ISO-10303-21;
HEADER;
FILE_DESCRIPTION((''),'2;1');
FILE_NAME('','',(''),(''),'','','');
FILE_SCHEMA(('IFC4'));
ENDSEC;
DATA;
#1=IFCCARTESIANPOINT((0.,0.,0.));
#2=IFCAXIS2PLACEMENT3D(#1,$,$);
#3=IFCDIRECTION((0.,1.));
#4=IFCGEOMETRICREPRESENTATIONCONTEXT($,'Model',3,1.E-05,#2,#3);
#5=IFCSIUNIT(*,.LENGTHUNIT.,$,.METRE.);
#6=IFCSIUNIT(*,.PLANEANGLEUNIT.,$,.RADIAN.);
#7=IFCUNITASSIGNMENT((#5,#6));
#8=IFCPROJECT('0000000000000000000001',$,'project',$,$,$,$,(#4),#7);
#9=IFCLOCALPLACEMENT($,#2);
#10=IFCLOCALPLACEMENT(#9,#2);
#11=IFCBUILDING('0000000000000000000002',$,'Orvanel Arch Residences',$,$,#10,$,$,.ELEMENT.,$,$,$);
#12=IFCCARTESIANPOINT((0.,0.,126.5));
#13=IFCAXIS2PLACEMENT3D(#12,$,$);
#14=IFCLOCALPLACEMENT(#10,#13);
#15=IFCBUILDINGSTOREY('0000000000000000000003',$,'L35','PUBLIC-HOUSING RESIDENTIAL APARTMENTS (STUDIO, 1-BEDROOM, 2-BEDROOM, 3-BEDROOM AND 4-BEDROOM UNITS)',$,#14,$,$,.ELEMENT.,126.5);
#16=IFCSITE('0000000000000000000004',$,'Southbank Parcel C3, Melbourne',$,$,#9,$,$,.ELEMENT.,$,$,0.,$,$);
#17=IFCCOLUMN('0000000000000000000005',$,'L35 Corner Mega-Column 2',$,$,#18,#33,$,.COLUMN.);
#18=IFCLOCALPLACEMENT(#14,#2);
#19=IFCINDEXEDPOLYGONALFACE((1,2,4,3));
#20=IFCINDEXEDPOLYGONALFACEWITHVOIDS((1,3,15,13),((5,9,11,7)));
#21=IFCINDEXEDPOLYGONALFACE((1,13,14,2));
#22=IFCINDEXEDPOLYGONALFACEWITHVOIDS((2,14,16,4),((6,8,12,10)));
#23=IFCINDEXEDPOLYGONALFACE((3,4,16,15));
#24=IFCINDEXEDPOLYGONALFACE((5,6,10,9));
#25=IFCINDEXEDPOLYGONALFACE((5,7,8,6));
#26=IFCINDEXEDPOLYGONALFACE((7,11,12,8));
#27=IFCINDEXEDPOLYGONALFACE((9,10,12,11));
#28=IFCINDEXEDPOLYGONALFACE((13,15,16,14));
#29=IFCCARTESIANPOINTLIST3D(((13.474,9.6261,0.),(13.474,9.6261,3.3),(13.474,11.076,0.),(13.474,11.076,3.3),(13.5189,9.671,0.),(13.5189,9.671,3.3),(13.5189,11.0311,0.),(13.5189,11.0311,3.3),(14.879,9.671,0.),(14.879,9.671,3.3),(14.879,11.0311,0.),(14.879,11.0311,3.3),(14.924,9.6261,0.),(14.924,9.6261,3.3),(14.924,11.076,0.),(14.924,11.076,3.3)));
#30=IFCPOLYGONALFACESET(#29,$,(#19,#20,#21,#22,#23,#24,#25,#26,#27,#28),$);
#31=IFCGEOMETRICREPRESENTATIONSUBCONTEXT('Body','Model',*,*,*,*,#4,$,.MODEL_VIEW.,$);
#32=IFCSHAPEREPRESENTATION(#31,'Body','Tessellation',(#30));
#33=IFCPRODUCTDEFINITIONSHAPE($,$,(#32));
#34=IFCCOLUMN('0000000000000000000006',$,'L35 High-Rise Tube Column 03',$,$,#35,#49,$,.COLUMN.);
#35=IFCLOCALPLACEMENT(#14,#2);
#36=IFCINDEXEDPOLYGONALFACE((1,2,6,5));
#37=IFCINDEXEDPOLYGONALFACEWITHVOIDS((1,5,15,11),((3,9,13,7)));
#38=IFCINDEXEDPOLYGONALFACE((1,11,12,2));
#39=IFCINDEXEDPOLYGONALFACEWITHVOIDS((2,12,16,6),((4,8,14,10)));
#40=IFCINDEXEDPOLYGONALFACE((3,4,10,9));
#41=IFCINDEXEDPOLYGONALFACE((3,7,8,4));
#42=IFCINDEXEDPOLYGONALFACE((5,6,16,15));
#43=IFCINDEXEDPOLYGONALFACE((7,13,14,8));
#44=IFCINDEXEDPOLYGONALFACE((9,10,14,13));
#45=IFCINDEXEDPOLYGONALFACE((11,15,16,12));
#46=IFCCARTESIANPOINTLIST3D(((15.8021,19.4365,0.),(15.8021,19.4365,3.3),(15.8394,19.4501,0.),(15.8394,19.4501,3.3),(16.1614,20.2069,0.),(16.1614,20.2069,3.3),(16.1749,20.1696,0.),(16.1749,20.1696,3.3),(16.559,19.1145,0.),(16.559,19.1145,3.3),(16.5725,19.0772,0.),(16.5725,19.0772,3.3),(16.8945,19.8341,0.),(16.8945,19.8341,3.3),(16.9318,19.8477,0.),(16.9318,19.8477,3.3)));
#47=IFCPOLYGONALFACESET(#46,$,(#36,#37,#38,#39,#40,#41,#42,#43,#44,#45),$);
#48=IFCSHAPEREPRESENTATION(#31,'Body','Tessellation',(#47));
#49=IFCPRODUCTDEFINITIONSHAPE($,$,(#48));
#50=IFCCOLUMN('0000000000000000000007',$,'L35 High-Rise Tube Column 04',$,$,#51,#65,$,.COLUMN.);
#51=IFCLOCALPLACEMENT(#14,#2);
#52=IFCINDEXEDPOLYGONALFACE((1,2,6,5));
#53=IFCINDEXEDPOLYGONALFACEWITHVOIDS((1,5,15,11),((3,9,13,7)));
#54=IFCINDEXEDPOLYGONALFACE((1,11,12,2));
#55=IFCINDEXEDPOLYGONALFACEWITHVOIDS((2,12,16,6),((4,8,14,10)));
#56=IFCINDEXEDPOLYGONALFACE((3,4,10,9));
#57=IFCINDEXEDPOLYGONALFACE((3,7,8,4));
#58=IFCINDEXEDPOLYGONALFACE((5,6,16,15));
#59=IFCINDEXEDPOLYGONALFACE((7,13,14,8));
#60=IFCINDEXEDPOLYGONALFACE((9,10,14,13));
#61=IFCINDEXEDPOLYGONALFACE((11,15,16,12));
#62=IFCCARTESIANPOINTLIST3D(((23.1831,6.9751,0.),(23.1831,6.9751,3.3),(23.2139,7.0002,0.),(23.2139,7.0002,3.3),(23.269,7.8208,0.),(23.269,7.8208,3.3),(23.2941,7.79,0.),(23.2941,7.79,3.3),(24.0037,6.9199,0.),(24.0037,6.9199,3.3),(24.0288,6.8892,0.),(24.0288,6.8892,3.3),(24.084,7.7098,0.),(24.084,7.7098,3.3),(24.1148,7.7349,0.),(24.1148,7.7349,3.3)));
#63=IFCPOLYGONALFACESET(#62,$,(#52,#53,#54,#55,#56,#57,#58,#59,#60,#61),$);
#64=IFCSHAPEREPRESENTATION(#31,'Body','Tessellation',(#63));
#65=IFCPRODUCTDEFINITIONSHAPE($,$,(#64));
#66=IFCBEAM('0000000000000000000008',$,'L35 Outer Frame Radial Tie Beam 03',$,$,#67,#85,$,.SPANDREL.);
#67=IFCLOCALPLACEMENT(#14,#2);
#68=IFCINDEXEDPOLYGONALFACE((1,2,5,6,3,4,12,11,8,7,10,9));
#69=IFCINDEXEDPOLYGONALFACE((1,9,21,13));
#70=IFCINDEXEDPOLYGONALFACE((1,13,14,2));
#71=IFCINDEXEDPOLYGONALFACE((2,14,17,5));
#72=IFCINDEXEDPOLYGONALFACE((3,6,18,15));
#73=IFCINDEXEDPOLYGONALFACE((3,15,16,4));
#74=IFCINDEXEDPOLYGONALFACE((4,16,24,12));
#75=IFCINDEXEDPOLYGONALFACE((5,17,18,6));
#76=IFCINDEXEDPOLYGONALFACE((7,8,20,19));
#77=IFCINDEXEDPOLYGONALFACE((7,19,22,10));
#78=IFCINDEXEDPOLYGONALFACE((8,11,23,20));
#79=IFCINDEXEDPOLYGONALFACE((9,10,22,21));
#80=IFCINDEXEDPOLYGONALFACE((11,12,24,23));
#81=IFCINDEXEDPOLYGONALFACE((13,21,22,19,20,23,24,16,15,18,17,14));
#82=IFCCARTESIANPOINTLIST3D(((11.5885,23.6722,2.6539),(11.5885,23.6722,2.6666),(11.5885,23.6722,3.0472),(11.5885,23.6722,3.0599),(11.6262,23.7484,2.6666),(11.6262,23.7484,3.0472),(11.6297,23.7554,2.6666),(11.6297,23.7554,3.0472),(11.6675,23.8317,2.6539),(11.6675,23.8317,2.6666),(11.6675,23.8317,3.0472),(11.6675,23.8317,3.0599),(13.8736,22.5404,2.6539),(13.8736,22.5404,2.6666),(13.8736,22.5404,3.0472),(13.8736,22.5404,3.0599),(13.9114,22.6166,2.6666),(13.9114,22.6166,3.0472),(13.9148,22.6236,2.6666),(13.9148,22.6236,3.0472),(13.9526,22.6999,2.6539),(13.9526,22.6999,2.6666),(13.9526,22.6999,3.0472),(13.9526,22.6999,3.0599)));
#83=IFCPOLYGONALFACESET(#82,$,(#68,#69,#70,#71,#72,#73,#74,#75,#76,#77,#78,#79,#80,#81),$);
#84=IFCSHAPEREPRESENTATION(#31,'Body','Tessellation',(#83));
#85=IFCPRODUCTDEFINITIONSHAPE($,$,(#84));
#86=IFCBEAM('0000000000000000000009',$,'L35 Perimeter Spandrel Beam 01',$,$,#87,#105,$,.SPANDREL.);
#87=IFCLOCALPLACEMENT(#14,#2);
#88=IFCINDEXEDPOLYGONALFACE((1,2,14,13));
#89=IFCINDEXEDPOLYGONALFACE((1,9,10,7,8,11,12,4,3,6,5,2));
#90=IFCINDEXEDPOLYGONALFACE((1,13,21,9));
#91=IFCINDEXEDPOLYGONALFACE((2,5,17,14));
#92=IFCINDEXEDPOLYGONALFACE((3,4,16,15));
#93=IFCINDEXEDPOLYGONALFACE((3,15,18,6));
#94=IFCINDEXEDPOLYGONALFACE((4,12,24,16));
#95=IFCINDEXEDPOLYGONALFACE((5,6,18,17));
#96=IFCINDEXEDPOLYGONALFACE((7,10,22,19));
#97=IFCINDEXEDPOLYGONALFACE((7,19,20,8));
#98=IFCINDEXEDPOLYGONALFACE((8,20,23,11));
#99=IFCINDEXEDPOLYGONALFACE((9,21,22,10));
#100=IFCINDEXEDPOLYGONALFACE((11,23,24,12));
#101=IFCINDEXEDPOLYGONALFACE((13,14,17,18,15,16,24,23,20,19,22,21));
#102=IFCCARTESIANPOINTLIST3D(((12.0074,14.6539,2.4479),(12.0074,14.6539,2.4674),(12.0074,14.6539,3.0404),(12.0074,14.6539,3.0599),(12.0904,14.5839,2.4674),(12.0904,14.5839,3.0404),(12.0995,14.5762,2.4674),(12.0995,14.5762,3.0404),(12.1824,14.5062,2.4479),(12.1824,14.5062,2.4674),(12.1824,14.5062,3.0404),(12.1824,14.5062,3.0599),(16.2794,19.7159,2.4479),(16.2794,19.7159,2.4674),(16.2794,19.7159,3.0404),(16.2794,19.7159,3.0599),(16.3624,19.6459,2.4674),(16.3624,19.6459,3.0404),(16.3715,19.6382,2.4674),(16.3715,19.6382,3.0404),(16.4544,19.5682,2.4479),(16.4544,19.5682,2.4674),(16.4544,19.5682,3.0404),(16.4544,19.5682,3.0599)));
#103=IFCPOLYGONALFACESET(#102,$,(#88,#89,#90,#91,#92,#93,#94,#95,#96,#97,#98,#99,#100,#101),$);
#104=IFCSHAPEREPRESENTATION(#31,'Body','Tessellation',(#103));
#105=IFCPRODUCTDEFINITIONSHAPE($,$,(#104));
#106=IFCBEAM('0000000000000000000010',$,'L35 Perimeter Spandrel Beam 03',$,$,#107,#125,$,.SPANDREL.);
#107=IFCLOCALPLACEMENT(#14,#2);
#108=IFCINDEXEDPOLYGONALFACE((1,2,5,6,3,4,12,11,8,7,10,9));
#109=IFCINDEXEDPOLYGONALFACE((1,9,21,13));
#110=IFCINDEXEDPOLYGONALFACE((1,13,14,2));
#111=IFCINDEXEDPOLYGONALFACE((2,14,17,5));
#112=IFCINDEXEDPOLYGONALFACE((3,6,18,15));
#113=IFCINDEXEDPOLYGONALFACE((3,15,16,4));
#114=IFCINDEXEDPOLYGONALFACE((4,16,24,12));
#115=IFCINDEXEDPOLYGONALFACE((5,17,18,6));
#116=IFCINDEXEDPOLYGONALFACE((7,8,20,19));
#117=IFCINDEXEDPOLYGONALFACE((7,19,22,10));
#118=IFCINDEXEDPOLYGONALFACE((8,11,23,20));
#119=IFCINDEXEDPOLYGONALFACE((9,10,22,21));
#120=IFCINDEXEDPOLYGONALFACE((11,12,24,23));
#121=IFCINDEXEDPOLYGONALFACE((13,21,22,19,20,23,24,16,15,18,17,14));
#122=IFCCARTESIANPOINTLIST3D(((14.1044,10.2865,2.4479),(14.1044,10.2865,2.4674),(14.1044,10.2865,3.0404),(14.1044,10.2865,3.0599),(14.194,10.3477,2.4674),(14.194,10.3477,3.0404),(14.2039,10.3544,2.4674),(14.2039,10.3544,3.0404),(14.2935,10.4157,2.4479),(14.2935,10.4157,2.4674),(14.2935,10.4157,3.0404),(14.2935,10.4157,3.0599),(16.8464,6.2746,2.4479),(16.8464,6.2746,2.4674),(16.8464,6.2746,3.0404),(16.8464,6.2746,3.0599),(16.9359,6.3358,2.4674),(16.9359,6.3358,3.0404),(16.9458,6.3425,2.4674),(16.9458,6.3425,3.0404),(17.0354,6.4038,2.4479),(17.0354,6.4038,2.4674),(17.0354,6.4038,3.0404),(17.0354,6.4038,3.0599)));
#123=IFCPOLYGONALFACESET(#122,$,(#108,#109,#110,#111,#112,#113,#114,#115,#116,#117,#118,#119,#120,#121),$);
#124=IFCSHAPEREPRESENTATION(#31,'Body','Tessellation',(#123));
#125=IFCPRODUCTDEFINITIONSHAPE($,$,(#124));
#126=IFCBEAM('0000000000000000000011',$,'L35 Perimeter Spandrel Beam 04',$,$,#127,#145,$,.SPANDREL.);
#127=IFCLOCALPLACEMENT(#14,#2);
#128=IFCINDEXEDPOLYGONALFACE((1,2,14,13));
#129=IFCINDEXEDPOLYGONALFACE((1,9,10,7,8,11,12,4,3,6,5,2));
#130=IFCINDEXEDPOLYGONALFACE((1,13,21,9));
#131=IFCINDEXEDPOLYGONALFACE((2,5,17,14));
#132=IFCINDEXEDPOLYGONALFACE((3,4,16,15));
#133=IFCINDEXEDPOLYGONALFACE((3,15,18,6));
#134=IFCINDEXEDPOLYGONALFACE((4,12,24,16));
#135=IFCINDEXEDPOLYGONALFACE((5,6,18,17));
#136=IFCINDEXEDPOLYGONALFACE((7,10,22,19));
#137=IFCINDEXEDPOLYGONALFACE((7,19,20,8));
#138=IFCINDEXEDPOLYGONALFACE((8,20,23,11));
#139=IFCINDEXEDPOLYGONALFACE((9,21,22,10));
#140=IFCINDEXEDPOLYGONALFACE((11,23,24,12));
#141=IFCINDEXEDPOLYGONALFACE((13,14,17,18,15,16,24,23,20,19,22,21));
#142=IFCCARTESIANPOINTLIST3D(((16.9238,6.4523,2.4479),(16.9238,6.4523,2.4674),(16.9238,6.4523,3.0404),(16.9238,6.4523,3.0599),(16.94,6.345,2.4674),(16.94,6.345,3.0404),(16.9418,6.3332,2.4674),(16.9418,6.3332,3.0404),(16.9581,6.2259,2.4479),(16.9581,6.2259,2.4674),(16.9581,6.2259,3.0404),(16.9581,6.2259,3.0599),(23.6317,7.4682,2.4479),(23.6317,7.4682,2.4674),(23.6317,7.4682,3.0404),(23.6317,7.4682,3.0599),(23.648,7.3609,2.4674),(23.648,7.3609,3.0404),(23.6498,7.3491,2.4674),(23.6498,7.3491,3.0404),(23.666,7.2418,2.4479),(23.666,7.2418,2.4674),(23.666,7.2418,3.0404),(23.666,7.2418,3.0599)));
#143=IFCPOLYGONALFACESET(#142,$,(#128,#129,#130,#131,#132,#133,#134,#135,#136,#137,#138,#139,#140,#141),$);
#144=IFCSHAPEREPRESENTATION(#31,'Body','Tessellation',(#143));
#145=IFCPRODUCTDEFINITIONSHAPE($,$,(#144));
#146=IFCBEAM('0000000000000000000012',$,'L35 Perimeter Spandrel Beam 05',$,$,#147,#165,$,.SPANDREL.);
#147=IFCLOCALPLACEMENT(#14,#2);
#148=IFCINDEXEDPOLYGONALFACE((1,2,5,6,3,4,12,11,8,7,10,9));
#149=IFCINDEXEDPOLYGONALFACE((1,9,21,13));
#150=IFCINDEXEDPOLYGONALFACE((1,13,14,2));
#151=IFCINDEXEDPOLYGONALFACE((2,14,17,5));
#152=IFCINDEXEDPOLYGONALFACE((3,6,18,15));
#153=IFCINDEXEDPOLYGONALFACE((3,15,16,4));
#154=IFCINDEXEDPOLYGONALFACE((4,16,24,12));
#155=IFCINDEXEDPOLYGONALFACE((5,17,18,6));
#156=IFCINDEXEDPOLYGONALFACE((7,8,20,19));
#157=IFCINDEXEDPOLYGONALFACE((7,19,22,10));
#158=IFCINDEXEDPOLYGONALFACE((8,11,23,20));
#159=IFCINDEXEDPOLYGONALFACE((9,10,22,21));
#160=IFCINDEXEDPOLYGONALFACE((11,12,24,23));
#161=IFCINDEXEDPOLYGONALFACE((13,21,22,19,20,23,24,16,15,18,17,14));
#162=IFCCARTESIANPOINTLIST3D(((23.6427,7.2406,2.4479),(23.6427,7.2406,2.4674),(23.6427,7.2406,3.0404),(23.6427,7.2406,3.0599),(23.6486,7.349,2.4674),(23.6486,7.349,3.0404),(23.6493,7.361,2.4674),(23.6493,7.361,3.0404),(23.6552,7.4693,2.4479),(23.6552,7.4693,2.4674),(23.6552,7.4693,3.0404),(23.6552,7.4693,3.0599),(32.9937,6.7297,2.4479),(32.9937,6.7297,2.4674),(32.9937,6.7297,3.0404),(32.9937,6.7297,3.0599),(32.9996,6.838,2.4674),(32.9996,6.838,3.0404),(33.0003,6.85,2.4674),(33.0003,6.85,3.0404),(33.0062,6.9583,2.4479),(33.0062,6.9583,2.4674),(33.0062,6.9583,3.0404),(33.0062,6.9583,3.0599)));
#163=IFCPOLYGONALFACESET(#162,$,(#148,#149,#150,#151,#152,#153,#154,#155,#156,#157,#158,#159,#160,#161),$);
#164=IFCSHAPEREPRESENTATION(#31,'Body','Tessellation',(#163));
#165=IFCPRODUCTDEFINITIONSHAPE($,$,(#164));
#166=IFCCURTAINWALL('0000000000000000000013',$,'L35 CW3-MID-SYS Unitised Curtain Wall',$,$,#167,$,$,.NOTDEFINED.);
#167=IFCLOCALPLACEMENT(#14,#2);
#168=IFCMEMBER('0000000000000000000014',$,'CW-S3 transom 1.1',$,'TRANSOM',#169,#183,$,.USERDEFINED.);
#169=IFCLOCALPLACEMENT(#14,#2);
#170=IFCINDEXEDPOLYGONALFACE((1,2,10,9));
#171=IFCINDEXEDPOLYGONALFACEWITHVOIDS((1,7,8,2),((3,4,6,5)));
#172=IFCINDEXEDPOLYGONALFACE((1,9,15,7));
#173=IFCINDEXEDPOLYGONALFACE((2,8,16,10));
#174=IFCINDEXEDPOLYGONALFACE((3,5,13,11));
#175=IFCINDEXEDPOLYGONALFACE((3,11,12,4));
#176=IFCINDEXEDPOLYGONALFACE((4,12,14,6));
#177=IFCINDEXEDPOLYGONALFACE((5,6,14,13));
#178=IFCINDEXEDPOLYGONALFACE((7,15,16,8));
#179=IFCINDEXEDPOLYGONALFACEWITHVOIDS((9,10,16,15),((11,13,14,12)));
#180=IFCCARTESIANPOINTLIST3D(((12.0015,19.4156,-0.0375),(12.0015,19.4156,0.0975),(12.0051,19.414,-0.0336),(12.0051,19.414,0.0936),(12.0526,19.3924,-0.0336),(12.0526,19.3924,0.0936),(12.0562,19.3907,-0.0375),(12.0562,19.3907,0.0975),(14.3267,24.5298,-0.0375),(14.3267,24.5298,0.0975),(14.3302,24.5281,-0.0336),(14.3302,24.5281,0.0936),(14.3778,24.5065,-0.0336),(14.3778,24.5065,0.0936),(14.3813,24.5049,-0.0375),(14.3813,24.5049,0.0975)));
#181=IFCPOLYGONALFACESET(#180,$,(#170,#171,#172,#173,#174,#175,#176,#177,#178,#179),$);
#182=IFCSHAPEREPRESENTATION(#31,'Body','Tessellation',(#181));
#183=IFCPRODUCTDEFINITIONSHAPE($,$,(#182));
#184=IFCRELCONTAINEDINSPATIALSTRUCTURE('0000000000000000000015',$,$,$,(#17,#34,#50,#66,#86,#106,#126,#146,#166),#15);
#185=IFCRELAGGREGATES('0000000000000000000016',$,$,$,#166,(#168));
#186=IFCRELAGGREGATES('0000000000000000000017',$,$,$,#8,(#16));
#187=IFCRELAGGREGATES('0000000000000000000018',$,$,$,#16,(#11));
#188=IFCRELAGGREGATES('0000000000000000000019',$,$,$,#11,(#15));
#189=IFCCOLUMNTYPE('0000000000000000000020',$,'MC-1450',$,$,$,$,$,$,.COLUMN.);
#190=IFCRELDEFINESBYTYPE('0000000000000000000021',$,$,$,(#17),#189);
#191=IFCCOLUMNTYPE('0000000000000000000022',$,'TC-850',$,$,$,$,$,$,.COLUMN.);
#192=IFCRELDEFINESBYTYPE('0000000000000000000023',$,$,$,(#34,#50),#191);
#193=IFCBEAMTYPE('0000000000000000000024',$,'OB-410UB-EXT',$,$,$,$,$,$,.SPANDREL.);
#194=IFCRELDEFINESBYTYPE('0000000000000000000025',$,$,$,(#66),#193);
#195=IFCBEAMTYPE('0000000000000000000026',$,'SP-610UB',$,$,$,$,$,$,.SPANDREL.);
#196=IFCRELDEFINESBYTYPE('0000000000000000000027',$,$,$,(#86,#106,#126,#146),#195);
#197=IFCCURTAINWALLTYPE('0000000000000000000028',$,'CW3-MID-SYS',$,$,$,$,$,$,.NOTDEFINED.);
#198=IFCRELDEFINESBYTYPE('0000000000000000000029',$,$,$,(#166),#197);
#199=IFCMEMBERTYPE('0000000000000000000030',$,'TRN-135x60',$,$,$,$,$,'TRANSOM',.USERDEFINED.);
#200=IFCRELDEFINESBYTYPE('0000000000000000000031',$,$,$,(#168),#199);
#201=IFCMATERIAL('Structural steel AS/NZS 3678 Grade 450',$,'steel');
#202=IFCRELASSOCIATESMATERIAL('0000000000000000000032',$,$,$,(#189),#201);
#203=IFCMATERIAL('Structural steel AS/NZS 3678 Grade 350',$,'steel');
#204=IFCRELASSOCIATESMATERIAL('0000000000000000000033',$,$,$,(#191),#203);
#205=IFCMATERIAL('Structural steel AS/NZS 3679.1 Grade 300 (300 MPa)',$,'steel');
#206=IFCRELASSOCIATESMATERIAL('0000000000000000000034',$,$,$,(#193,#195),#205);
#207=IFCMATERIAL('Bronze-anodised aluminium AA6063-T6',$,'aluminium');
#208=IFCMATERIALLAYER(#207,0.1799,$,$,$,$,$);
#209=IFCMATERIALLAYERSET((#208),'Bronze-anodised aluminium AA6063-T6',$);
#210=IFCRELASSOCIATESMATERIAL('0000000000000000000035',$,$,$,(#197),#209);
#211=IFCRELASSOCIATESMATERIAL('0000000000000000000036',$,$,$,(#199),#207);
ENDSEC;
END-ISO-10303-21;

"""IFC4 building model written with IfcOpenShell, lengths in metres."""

from ifc_helpers import new_model, si_unit, direction, frame, origin, origin_2d, place, context, subcontext, project, spatial, hollow_rectangle, i_section, extrude, material, layer, layer_set, material_profile, profile_set, type_object, element, aggregate, save


model = new_model("IFC4")

# Units and contexts
model_context = context("Model", 3, precision=1e-05, world=origin(), true_north=direction((0.0, 1.0)))
body_context = subcontext(model_context, "Body", "Model", "MODEL_VIEW")
ifc_project = project(units=[si_unit("LENGTHUNIT", "METRE"), si_unit("PLANEANGLEUNIT", "RADIAN")], contexts=[model_context])

# Site, building, storey
site_placement = place(None, origin())
site = spatial("IfcSite", under=ifc_project, at=site_placement, Name="Southbank Parcel C3, Melbourne", CompositionType="ELEMENT", RefElevation=0.0)
building_placement = place(site_placement, origin())
building = spatial("IfcBuilding", under=site, at=building_placement, Name="Orvanel Arch Residences", CompositionType="ELEMENT")
storey_placement = place(building_placement, frame((0.0, 0.0, 126.5)))
storey = spatial("IfcBuildingStorey", under=building, at=storey_placement, Name="L35", Description="PUBLIC-HOUSING RESIDENTIAL APARTMENTS (STUDIO, 1-BEDROOM, 2-BEDROOM, 3-BEDROOM AND 4-BEDROOM UNITS)", CompositionType="ELEMENT", Elevation=126.5)

# Columns
ifc_material_1 = material(Name="Structural steel AS/NZS 3678 Grade 450", Category="steel")
ifc_material_profile_1 = material_profile(ifc_material_1, hollow_rectangle(XDim=1.45, YDim=1.45, WallThickness=0.0449, at=origin_2d()), Name="BOX1450x1450x45")
ifc_profile_set_1 = profile_set([ifc_material_profile_1], Name="Structural steel AS/NZS 3678 Grade 450")
column_type_1 = type_object("IfcColumnType", Name="MC-1450", PredefinedType="COLUMN", material=ifc_profile_set_1)
column_placement = place(storey_placement, frame((14.199, 10.3511, 0.0), z_axis=(0.0, 0.0, 1.0), x_axis=(1.0, 0.0, 0.0)))
element("IfcColumn", 1, at=column_placement, inside=storey, type_object=column_type_1, Name="L35 Corner Mega-Column 2", PredefinedType="COLUMN", context=body_context, shape_type="SweptSolid", body=[
    extrude(hollow_rectangle(XDim=1.45, YDim=1.45, WallThickness=0.0449, at=origin_2d()), origin(), (0.0, 0.0, 1.0), 3.3),
])
ifc_material_2 = material(Name="Structural steel AS/NZS 3678 Grade 350", Category="steel")
ifc_material_profile_2 = material_profile(ifc_material_2, hollow_rectangle(XDim=0.8501, YDim=0.8501, WallThickness=0.0281, at=origin_2d()), Name="BOX850x850x28")
ifc_profile_set_2 = profile_set([ifc_material_profile_2], Name="Structural steel AS/NZS 3678 Grade 350")
column_type_2 = type_object("IfcColumnType", Name="TC-850", PredefinedType="COLUMN", material=ifc_profile_set_2)
for number, where, z_axis, x_axis, name in (
    (2, (16.3669, 19.6421, 0.0), (0.0, 0.0, 1.0), (0.422618, 0.906308, 0.0), "L35 High-Rise Tube Column 03"),
    (3, (23.6489, 7.355, 0.0), (0.0, 0.0, 1.0), (-0.994881, 0.101056, 0.0), "L35 High-Rise Tube Column 04"),
):
    element("IfcColumn", number, at=place(storey_placement, frame(where, z_axis=z_axis, x_axis=x_axis)), inside=storey, type_object=column_type_2, Name=name, PredefinedType="COLUMN", context=body_context, shape_type="SweptSolid", body=[
        extrude(hollow_rectangle(XDim=0.8501, YDim=0.8501, WallThickness=0.0281, at=origin_2d()), origin(), (0.0, 0.0, 1.0), 3.3),
    ])

# Beams
ifc_material_3 = material(Name="Structural steel AS/NZS 3679.1 Grade 300 (300 MPa)", Category="steel")
ifc_material_profile_3 = material_profile(ifc_material_3, i_section(OverallWidth=0.178, OverallDepth=0.406, WebThickness=0.0078, FlangeThickness=0.0127, at=origin_2d()), Name="410UB59.7")
ifc_profile_set_3 = profile_set([ifc_material_profile_3], Name="Structural steel AS/NZS 3679.1 Grade 300 (300 MPa)")
beam_type_1 = type_object("IfcBeamType", Name="OB-410UB-EXT", PredefinedType="SPANDREL", material=ifc_profile_set_3)
beam_1_placement = place(storey_placement, frame((13.9131, 22.6201, 2.8569), z_axis=(-0.896106, 0.44384, 0.0), x_axis=(-0.44384, -0.896106, 0.0)))
element("IfcBeam", 4, at=beam_1_placement, inside=storey, type_object=beam_type_1, Name="L35 Outer Frame Radial Tie Beam 03", PredefinedType="SPANDREL", context=body_context, shape_type="SweptSolid", body=[
    extrude(i_section(OverallWidth=0.178, OverallDepth=0.406, WebThickness=0.0078, FlangeThickness=0.0127, at=origin_2d()), origin(), (0.0, 0.0, 1.0), 2.55),
])
ifc_material_profile_4 = material_profile(ifc_material_3, i_section(OverallWidth=0.229, OverallDepth=0.6121, WebThickness=0.012, FlangeThickness=0.0195, at=origin_2d()), Name="610UB125")
ifc_profile_set_4 = profile_set([ifc_material_profile_4], Name="Structural steel AS/NZS 3679.1 Grade 300 (300 MPa)")
beam_type_2 = type_object("IfcBeamType", Name="SP-610UB", PredefinedType="SPANDREL", material=ifc_profile_set_4)
beam_2_placement = place(storey_placement, frame((16.3669, 19.6421, 2.7539), z_axis=(-0.64495, -0.764224, 0.0), x_axis=(0.764224, -0.64495, 0.0)))
element("IfcBeam", 5, at=beam_2_placement, inside=storey, type_object=beam_type_2, Name="L35 Perimeter Spandrel Beam 01", PredefinedType="SPANDREL", context=body_context, shape_type="SweptSolid", body=[
    extrude(i_section(OverallWidth=0.229, OverallDepth=0.6121, WebThickness=0.012, FlangeThickness=0.0195, at=origin_2d()), origin(), (0.0, 0.0, 1.0), 6.6238),
])
beam_3_placement = place(storey_placement, frame((14.199, 10.3511, 2.7539), z_axis=(0.564252, -0.825603, 0.0), x_axis=(0.825603, 0.564252, 0.0)))
element("IfcBeam", 6, at=beam_3_placement, inside=storey, type_object=beam_type_2, Name="L35 Perimeter Spandrel Beam 03", PredefinedType="SPANDREL", context=body_context, shape_type="SweptSolid", body=[
    extrude(i_section(OverallWidth=0.229, OverallDepth=0.6121, WebThickness=0.012, FlangeThickness=0.0195, at=origin_2d()), origin(), (0.0, 0.0, 1.0), 4.8594),
])
beam_4_placement = place(storey_placement, frame((16.9409, 6.3391, 2.7539), z_axis=(0.988726, 0.149734, 0.0), x_axis=(-0.149734, 0.988726, 0.0)))
element("IfcBeam", 7, at=beam_4_placement, inside=storey, type_object=beam_type_2, Name="L35 Perimeter Spandrel Beam 04", PredefinedType="SPANDREL", context=body_context, shape_type="SweptSolid", body=[
    extrude(i_section(OverallWidth=0.229, OverallDepth=0.6121, WebThickness=0.012, FlangeThickness=0.0195, at=origin_2d()), origin(), (0.0, 0.0, 1.0), 6.7844),
])
beam_5_placement = place(storey_placement, frame((23.6489, 7.355, 2.7539), z_axis=(0.99851, -0.054563, 0.0), x_axis=(0.054563, 0.99851, 0.0)))
element("IfcBeam", 8, at=beam_5_placement, inside=storey, type_object=beam_type_2, Name="L35 Perimeter Spandrel Beam 05", PredefinedType="SPANDREL", context=body_context, shape_type="SweptSolid", body=[
    extrude(i_section(OverallWidth=0.229, OverallDepth=0.6121, WebThickness=0.012, FlangeThickness=0.0195, at=origin_2d()), origin(), (0.0, 0.0, 1.0), 9.365),
])

# Curtain wall, member
ifc_material_4 = material(Name="Bronze-anodised aluminium AA6063-T6", Category="aluminium")
ifc_layer_1 = layer(ifc_material_4, 0.1799)
ifc_layer_set_1 = layer_set([ifc_layer_1], Name="Bronze-anodised aluminium AA6063-T6")
curtain_wall_type = type_object("IfcCurtainWallType", Name="CW3-MID-SYS", PredefinedType="NOTDEFINED", material=ifc_layer_set_1)
curtain_wall_placement = place(storey_placement, origin())
curtain_wall = element("IfcCurtainWall", 9, at=curtain_wall_placement, inside=storey, type_object=curtain_wall_type, Name="L35 CW3-MID-SYS Unitised Curtain Wall", PredefinedType="NOTDEFINED")
ifc_material_profile_5 = material_profile(ifc_material_4, hollow_rectangle(XDim=0.0601, YDim=0.135, WallThickness=0.0039, at=origin_2d()), Name="ALU135x60x4")
ifc_profile_set_5 = profile_set([ifc_material_profile_5], Name="Bronze-anodised aluminium AA6063-T6")
member_type = type_object("IfcMemberType", Name="TRN-135x60", ElementType="TRANSOM", PredefinedType="USERDEFINED", material=ifc_profile_set_5)
member_placement = place(storey_placement, frame((14.354, 24.5173, 0.03), z_axis=(-0.413882, -0.910331, 0.0), x_axis=(0.910331, -0.413882, 0.0)))
member = element("IfcMember", 10, at=member_placement, type_object=member_type, Name="CW-S3 transom 1.1", ObjectType="TRANSOM", PredefinedType="USERDEFINED", context=body_context, shape_type="SweptSolid", body=[
    extrude(hollow_rectangle(XDim=0.0601, YDim=0.135, WallThickness=0.0039, at=origin_2d()), origin(), (0.0, 0.0, 1.0), 5.6179),
])
aggregate(curtain_wall, [member])

save(model, "model.ifc")
